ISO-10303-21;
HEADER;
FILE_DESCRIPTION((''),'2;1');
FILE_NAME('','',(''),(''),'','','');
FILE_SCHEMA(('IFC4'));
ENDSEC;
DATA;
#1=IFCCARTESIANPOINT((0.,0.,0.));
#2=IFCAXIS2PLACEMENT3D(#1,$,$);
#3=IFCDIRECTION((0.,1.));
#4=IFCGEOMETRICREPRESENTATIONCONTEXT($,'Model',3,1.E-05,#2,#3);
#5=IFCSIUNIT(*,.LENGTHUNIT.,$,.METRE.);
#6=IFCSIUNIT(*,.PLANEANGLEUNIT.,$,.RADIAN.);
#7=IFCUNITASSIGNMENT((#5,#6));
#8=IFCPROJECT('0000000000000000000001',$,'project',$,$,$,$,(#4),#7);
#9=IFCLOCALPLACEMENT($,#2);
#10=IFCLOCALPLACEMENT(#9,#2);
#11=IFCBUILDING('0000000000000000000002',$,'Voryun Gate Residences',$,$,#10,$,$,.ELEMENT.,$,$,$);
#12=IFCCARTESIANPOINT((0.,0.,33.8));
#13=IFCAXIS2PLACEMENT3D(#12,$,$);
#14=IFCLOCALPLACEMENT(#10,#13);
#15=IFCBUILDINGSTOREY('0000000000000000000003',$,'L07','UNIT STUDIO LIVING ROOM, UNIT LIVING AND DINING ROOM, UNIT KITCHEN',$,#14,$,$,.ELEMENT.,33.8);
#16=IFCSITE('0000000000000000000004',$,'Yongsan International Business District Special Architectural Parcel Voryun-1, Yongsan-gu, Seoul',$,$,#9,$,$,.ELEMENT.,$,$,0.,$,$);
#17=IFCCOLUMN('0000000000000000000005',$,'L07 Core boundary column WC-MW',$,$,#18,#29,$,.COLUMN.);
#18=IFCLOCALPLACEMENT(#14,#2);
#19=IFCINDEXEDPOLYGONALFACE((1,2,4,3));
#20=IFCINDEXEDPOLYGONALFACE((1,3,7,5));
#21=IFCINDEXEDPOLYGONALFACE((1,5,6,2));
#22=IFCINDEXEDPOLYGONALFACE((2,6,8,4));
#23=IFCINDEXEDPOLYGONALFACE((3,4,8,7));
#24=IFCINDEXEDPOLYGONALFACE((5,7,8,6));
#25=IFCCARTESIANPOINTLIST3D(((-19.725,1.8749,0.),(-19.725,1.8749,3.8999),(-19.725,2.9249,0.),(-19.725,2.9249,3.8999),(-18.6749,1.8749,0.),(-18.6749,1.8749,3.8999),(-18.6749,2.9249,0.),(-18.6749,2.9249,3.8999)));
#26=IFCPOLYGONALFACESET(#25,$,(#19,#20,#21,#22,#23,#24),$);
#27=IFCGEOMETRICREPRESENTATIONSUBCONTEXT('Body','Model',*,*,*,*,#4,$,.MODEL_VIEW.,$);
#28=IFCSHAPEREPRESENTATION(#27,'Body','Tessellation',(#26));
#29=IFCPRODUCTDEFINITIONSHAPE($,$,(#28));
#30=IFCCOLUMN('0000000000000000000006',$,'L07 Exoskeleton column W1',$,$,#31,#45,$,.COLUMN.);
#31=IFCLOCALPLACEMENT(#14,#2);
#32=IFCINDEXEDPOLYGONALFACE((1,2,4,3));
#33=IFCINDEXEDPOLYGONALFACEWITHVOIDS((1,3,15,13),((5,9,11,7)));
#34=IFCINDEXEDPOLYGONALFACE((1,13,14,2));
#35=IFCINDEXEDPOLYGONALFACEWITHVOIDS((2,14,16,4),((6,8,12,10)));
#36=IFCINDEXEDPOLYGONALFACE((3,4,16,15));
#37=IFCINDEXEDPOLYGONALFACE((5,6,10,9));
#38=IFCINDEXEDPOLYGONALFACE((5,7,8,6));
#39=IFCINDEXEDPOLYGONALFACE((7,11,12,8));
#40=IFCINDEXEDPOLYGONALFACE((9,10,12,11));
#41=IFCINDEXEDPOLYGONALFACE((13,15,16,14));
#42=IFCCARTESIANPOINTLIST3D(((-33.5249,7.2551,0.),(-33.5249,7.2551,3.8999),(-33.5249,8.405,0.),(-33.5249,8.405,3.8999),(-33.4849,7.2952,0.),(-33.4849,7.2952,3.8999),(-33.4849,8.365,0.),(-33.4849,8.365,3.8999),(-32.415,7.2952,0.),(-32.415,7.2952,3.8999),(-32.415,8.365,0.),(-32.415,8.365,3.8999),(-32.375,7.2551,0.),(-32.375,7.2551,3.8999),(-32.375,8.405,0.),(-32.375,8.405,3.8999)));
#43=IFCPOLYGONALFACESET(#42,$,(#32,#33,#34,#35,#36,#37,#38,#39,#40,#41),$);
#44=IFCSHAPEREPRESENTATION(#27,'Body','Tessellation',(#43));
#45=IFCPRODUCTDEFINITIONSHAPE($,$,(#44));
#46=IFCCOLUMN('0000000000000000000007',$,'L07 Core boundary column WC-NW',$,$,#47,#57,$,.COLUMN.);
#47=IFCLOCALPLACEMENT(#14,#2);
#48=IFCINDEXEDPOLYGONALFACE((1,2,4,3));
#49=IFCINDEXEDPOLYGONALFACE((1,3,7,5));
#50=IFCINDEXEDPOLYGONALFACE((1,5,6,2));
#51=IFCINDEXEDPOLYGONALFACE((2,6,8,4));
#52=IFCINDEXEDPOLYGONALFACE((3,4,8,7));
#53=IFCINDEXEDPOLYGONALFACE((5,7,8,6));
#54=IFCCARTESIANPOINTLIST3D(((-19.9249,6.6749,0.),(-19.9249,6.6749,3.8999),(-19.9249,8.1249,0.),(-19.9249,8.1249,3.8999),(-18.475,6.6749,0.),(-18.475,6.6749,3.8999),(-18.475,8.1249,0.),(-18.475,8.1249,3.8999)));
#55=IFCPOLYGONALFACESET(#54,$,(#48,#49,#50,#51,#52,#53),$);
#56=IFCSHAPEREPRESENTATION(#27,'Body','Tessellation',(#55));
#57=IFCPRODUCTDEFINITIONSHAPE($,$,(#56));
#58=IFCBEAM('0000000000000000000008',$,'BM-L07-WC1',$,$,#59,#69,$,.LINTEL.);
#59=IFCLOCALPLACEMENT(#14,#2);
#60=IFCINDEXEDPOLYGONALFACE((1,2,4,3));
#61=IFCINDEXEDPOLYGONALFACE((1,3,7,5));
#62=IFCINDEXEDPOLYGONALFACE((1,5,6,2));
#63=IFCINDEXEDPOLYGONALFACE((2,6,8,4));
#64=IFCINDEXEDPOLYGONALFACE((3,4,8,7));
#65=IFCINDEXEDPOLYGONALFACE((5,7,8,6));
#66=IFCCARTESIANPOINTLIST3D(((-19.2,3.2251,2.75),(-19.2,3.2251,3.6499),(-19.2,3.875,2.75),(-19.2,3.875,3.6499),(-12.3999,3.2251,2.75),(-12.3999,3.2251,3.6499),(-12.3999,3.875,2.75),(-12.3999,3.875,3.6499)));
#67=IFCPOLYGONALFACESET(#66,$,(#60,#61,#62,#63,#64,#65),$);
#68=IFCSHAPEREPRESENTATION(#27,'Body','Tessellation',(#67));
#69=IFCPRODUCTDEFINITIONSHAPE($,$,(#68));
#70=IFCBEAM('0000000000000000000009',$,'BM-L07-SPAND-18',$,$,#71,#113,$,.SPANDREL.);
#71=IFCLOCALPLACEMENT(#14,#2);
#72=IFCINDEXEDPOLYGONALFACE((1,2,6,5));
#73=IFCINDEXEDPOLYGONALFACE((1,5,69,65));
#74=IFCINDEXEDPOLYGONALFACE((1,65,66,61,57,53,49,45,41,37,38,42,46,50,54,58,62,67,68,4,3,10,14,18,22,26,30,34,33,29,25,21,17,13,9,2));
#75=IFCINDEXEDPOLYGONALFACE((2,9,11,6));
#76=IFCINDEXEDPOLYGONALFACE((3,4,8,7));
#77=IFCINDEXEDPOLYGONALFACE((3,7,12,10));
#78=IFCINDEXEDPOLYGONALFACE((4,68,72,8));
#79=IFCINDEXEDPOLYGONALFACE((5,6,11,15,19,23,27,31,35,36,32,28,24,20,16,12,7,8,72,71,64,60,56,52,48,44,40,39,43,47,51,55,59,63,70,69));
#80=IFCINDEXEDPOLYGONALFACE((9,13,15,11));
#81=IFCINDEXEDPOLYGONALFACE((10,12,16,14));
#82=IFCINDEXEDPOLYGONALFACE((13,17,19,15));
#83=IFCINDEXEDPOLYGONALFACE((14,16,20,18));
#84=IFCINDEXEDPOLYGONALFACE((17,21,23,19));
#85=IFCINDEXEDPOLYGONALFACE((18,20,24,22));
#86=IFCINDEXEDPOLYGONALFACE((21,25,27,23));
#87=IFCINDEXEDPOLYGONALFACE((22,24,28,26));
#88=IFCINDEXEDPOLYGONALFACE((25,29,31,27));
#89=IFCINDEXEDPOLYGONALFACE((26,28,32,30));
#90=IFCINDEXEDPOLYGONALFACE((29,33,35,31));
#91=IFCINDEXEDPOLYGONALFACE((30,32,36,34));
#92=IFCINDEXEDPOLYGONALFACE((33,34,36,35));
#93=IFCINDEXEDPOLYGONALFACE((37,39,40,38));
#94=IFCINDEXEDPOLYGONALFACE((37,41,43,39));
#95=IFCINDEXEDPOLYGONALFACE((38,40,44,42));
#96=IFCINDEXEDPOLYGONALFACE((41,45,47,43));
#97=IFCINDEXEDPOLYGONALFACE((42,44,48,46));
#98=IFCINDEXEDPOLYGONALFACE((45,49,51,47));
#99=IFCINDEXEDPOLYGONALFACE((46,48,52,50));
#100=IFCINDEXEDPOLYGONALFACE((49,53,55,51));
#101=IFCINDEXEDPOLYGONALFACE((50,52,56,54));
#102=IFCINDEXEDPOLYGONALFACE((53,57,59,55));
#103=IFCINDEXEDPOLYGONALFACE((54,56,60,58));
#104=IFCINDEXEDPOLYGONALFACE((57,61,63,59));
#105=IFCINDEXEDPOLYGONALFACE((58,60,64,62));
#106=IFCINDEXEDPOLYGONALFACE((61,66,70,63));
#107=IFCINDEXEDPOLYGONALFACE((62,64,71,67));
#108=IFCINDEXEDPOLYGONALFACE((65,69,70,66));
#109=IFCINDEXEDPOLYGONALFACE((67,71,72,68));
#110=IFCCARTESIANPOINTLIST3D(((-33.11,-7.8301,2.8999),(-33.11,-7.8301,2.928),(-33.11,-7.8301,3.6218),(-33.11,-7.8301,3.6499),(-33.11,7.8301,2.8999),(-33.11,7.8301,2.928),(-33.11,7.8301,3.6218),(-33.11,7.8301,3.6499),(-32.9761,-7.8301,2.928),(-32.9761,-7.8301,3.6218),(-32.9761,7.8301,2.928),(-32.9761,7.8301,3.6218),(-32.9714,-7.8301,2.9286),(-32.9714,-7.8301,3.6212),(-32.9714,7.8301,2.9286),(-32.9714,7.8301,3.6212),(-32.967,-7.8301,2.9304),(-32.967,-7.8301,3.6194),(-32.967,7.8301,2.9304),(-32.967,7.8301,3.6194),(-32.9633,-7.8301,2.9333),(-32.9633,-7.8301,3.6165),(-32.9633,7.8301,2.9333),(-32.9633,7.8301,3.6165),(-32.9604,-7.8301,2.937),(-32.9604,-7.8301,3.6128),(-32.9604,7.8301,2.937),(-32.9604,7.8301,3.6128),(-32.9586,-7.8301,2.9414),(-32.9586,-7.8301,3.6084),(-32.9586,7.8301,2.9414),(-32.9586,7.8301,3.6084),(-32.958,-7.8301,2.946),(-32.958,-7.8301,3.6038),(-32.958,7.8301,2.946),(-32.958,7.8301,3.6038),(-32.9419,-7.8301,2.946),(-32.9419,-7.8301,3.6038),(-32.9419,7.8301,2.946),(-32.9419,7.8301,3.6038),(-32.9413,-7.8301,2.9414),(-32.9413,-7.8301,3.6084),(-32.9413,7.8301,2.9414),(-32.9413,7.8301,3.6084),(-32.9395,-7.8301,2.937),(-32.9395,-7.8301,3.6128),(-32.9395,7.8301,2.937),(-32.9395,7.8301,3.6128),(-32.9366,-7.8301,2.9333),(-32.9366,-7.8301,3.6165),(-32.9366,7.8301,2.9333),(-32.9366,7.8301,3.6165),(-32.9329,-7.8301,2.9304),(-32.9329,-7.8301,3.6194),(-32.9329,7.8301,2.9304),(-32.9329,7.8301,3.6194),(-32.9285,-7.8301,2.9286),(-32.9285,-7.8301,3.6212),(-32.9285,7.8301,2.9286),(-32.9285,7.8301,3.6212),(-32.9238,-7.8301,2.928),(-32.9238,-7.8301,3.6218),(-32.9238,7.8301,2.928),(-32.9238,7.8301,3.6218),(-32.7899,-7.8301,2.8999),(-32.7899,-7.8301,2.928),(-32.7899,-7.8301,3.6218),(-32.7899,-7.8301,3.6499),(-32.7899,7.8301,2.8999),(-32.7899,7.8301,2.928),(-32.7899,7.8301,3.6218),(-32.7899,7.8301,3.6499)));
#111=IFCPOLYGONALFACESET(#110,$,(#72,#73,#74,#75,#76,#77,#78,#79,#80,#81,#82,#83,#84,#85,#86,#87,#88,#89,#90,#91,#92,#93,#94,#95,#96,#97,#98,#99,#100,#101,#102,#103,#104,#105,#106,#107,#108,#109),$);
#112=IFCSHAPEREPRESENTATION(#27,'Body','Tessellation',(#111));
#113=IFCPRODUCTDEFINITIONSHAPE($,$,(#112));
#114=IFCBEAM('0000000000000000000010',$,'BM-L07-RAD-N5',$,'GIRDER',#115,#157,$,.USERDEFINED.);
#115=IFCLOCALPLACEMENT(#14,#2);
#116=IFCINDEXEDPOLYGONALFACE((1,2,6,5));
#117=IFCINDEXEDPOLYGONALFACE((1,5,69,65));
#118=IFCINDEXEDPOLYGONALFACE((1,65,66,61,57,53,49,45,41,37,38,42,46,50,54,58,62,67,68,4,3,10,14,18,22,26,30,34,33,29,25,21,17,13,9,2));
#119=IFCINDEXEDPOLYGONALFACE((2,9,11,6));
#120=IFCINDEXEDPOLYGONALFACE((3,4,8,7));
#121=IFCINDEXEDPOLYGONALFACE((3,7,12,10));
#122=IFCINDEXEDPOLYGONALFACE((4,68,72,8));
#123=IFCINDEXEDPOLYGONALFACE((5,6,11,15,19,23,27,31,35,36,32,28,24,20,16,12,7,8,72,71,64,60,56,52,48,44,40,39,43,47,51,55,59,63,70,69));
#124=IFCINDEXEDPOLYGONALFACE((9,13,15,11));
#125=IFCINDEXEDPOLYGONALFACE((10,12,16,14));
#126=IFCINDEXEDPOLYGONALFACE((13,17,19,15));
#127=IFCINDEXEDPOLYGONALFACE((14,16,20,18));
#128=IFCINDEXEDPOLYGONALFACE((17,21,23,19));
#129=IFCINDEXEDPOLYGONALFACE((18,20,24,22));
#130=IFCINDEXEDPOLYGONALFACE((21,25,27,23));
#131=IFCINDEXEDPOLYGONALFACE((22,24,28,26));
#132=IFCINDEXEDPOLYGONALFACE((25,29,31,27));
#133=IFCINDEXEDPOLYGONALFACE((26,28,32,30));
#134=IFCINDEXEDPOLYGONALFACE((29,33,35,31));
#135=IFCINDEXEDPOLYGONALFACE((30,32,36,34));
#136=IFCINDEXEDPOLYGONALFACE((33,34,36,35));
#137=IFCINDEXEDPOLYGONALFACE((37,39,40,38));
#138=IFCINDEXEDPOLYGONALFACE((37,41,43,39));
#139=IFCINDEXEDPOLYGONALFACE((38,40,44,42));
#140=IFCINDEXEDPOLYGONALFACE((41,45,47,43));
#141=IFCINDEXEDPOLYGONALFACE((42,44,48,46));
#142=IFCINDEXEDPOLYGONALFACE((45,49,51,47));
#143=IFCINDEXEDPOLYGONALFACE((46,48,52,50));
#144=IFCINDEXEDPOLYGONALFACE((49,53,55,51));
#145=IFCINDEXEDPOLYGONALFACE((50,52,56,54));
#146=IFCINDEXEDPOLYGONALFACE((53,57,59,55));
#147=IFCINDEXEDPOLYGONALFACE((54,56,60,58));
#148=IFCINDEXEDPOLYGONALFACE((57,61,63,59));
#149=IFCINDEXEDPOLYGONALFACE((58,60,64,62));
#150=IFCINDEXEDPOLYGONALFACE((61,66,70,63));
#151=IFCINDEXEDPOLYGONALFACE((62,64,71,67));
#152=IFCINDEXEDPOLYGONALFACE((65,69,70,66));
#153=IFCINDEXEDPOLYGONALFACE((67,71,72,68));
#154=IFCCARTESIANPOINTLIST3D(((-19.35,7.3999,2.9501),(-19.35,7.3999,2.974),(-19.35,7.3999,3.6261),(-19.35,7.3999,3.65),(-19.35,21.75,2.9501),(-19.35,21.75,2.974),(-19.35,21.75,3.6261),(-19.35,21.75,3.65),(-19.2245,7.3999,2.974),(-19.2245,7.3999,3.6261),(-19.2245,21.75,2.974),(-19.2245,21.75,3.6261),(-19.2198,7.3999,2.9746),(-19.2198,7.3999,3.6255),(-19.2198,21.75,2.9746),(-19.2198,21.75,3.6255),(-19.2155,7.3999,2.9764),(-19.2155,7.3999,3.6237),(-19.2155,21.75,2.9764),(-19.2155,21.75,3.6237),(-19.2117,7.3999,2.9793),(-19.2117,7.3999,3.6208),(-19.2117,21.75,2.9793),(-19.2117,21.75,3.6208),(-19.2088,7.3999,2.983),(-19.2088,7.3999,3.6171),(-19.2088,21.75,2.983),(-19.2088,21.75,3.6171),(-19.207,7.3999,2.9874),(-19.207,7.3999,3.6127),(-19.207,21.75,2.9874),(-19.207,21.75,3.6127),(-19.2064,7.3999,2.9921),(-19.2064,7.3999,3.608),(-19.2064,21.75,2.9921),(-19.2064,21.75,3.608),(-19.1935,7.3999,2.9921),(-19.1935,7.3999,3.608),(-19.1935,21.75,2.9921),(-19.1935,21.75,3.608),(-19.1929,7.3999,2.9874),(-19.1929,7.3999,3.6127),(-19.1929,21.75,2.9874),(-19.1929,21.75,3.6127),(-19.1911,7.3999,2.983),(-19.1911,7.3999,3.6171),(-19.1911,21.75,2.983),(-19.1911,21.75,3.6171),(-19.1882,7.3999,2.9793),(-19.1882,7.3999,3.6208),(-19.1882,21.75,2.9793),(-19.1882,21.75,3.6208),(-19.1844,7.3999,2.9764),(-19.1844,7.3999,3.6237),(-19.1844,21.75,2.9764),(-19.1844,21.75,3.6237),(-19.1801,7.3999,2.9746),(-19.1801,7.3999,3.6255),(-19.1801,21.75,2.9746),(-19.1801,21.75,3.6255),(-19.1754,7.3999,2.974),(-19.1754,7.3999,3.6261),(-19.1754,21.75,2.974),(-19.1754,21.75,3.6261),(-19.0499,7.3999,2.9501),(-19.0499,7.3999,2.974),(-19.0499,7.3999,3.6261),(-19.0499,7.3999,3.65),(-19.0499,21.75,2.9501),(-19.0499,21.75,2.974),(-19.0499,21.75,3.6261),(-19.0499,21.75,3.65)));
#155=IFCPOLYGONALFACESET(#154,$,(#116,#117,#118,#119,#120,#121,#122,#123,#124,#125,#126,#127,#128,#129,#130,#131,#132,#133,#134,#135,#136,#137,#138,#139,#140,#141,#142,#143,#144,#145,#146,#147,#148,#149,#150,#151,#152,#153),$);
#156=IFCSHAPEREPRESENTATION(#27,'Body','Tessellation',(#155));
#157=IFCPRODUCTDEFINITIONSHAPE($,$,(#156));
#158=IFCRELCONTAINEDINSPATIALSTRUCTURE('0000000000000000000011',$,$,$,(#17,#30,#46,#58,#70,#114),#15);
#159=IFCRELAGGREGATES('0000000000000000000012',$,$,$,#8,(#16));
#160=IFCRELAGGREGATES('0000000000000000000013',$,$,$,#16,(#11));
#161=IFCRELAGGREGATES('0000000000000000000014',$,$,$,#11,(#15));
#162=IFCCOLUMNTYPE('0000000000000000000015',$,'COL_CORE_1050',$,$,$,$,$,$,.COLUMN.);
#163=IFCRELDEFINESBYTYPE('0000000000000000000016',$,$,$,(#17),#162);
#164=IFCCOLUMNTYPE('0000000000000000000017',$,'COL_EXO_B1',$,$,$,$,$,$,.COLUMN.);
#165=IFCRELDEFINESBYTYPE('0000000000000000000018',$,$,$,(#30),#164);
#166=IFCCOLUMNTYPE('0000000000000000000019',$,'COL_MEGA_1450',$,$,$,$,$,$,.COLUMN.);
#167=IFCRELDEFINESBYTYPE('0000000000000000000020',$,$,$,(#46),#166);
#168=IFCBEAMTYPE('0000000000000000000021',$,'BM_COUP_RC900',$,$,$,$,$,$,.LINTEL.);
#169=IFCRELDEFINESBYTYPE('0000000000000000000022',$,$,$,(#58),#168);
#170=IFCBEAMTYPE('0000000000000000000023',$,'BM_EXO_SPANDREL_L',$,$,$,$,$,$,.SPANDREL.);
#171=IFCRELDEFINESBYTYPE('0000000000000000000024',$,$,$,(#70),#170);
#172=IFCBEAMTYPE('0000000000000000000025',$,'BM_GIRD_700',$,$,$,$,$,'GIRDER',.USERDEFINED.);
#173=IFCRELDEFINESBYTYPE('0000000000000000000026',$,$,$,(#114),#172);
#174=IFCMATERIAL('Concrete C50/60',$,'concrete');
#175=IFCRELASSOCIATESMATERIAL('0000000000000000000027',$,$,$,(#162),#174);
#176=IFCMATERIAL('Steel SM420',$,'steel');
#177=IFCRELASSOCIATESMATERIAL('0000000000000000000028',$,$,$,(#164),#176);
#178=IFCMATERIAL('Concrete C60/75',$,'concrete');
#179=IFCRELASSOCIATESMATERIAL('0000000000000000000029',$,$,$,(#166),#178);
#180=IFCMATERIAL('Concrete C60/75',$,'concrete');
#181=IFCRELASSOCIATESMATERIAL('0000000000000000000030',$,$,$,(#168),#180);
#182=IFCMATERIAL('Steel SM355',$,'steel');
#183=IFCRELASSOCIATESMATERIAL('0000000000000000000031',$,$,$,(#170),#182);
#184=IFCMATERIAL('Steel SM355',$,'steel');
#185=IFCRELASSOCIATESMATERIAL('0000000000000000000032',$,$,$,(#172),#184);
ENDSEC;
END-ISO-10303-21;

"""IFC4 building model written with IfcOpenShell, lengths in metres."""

from ifc_helpers import new_model, si_unit, direction, frame, origin, origin_2d, place, context, subcontext, project, spatial, rectangle, hollow_rectangle, i_section, extrude, material, material_profile, profile_set, type_object, element, save


model = new_model("IFC4")

# Units and contexts
model_context = context("Model", 3, precision=1e-05, world=origin(), true_north=direction((0.0, 1.0)))
body_context = subcontext(model_context, "Body", "Model", "MODEL_VIEW")
ifc_project = project(units=[si_unit("LENGTHUNIT", "METRE"), si_unit("PLANEANGLEUNIT", "RADIAN")], contexts=[model_context])

# Site, building, storey
site_placement = place(None, origin())
site = spatial("IfcSite", under=ifc_project, at=site_placement, Name="Yongsan International Business District Special Architectural Parcel Voryun-1, Yongsan-gu, Seoul", CompositionType="ELEMENT", RefElevation=0.0)
building_placement = place(site_placement, origin())
building = spatial("IfcBuilding", under=site, at=building_placement, Name="Voryun Gate Residences", CompositionType="ELEMENT")
storey_placement = place(building_placement, frame((0.0, 0.0, 33.8)))
storey = spatial("IfcBuildingStorey", under=building, at=storey_placement, Name="L07", Description="UNIT STUDIO LIVING ROOM, UNIT LIVING AND DINING ROOM, UNIT KITCHEN", CompositionType="ELEMENT", Elevation=33.8)

# Columns
ifc_material_1 = material(Name="Concrete C50/60", Category="concrete")
ifc_material_profile_1 = material_profile(ifc_material_1, rectangle(XDim=1.05, YDim=1.05, at=origin_2d()), Name="RC-1050x1050")
ifc_profile_set_1 = profile_set([ifc_material_profile_1], Name="Concrete C50/60")
column_type_1 = type_object("IfcColumnType", Name="COL_CORE_1050", PredefinedType="COLUMN", material=ifc_profile_set_1)
column_1_placement = place(storey_placement, frame((-19.2, 2.3999, 0.0), z_axis=(0.0, 0.0, 1.0), x_axis=(1.0, 0.0, 0.0)))
element("IfcColumn", 1, at=column_1_placement, inside=storey, type_object=column_type_1, Name="L07 Core boundary column WC-MW", PredefinedType="COLUMN", context=body_context, shape_type="SweptSolid", body=[
    extrude(rectangle(XDim=1.05, YDim=1.05, at=origin_2d()), origin(), (0.0, 0.0, 1.0), 3.8999),
])
ifc_material_2 = material(Name="Steel SM420", Category="steel")
ifc_material_profile_2 = material_profile(ifc_material_2, hollow_rectangle(XDim=1.1499, YDim=1.1499, WallThickness=0.04, at=origin_2d()), Name="BOX-1150x1150x40")
ifc_profile_set_2 = profile_set([ifc_material_profile_2], Name="Steel SM420")
column_type_2 = type_object("IfcColumnType", Name="COL_EXO_B1", PredefinedType="COLUMN", material=ifc_profile_set_2)
column_2_placement = place(storey_placement, frame((-32.95, 7.8301, 0.0), z_axis=(0.0, 0.0, 1.0), x_axis=(1.0, 0.0, 0.0)))
element("IfcColumn", 2, at=column_2_placement, inside=storey, type_object=column_type_2, Name="L07 Exoskeleton column W1", PredefinedType="COLUMN", context=body_context, shape_type="SweptSolid", body=[
    extrude(hollow_rectangle(XDim=1.1499, YDim=1.1499, WallThickness=0.04, at=origin_2d()), origin(), (0.0, 0.0, 1.0), 3.8999),
])
ifc_material_3 = material(Name="Concrete C60/75", Category="concrete")
ifc_material_profile_3 = material_profile(ifc_material_3, rectangle(XDim=1.45, YDim=1.45, at=origin_2d()), Name="RC-1450x1450")
ifc_profile_set_3 = profile_set([ifc_material_profile_3], Name="Concrete C60/75")
column_type_3 = type_object("IfcColumnType", Name="COL_MEGA_1450", PredefinedType="COLUMN", material=ifc_profile_set_3)
column_3_placement = place(storey_placement, frame((-19.2, 7.3999, 0.0), z_axis=(0.0, 0.0, 1.0), x_axis=(1.0, 0.0, 0.0)))
element("IfcColumn", 3, at=column_3_placement, inside=storey, type_object=column_type_3, Name="L07 Core boundary column WC-NW", PredefinedType="COLUMN", context=body_context, shape_type="SweptSolid", body=[
    extrude(rectangle(XDim=1.45, YDim=1.45, at=origin_2d()), origin(), (0.0, 0.0, 1.0), 3.8999),
])

# Beams
ifc_material_4 = material(Name="Concrete C60/75", Category="concrete")
ifc_material_profile_4 = material_profile(ifc_material_4, rectangle(XDim=0.6499, YDim=0.8999, at=origin_2d()), Name="RC-650x900")
ifc_profile_set_4 = profile_set([ifc_material_profile_4], Name="Concrete C60/75")
beam_type_1 = type_object("IfcBeamType", Name="BM_COUP_RC900", PredefinedType="LINTEL", material=ifc_profile_set_4)
beam_1_placement = place(storey_placement, frame((-19.2, 3.55, 3.2), z_axis=(1.0, 0.0, 0.0), x_axis=(0.0, 1.0, 0.0)))
element("IfcBeam", 4, at=beam_1_placement, inside=storey, type_object=beam_type_1, Name="BM-L07-WC1", PredefinedType="LINTEL", context=body_context, shape_type="SweptSolid", body=[
    extrude(rectangle(XDim=0.6499, YDim=0.8999, at=origin_2d()), origin(), (0.0, 0.0, 1.0), 6.8),
])
ifc_material_5 = material(Name="Steel SM355", Category="steel")
ifc_material_profile_5 = material_profile(ifc_material_5, i_section(OverallWidth=0.3201, OverallDepth=0.75, WebThickness=0.0161, FlangeThickness=0.0281, FilletRadius=0.0181, at=origin_2d()), Name="H-750x320x16x28")
ifc_profile_set_5 = profile_set([ifc_material_profile_5], Name="Steel SM355")
beam_type_2 = type_object("IfcBeamType", Name="BM_EXO_SPANDREL_L", PredefinedType="SPANDREL", material=ifc_profile_set_5)
beam_2_placement = place(storey_placement, frame((-32.95, 7.8301, 3.2749), z_axis=(0.0, -1.0, 0.0), x_axis=(1.0, 0.0, 0.0)))
element("IfcBeam", 5, at=beam_2_placement, inside=storey, type_object=beam_type_2, Name="BM-L07-SPAND-18", PredefinedType="SPANDREL", context=body_context, shape_type="SweptSolid", body=[
    extrude(i_section(OverallWidth=0.3201, OverallDepth=0.75, WebThickness=0.0161, FlangeThickness=0.0281, FilletRadius=0.0181, at=origin_2d()), origin(), (0.0, 0.0, 1.0), 15.6602),
])
ifc_material_6 = material(Name="Steel SM355", Category="steel")
ifc_material_profile_6 = material_profile(ifc_material_6, i_section(OverallWidth=0.3, OverallDepth=0.7, WebThickness=0.0129, FlangeThickness=0.0239, FilletRadius=0.0181, at=origin_2d()), Name="H-700x300x13x24")
ifc_profile_set_6 = profile_set([ifc_material_profile_6], Name="Steel SM355")
beam_type_3 = type_object("IfcBeamType", Name="BM_GIRD_700", ElementType="GIRDER", PredefinedType="USERDEFINED", material=ifc_profile_set_6)
beam_3_placement = place(storey_placement, frame((-19.2, 7.3999, 3.3), z_axis=(0.0, 1.0, 0.0), x_axis=(-1.0, 0.0, 0.0)))
element("IfcBeam", 6, at=beam_3_placement, inside=storey, type_object=beam_type_3, Name="BM-L07-RAD-N5", ObjectType="GIRDER", PredefinedType="USERDEFINED", context=body_context, shape_type="SweptSolid", body=[
    extrude(i_section(OverallWidth=0.3, OverallDepth=0.7, WebThickness=0.0129, FlangeThickness=0.0239, FilletRadius=0.0181, at=origin_2d()), origin(), (0.0, 0.0, 1.0), 14.3501),
])

save(model, "model.ifc")
